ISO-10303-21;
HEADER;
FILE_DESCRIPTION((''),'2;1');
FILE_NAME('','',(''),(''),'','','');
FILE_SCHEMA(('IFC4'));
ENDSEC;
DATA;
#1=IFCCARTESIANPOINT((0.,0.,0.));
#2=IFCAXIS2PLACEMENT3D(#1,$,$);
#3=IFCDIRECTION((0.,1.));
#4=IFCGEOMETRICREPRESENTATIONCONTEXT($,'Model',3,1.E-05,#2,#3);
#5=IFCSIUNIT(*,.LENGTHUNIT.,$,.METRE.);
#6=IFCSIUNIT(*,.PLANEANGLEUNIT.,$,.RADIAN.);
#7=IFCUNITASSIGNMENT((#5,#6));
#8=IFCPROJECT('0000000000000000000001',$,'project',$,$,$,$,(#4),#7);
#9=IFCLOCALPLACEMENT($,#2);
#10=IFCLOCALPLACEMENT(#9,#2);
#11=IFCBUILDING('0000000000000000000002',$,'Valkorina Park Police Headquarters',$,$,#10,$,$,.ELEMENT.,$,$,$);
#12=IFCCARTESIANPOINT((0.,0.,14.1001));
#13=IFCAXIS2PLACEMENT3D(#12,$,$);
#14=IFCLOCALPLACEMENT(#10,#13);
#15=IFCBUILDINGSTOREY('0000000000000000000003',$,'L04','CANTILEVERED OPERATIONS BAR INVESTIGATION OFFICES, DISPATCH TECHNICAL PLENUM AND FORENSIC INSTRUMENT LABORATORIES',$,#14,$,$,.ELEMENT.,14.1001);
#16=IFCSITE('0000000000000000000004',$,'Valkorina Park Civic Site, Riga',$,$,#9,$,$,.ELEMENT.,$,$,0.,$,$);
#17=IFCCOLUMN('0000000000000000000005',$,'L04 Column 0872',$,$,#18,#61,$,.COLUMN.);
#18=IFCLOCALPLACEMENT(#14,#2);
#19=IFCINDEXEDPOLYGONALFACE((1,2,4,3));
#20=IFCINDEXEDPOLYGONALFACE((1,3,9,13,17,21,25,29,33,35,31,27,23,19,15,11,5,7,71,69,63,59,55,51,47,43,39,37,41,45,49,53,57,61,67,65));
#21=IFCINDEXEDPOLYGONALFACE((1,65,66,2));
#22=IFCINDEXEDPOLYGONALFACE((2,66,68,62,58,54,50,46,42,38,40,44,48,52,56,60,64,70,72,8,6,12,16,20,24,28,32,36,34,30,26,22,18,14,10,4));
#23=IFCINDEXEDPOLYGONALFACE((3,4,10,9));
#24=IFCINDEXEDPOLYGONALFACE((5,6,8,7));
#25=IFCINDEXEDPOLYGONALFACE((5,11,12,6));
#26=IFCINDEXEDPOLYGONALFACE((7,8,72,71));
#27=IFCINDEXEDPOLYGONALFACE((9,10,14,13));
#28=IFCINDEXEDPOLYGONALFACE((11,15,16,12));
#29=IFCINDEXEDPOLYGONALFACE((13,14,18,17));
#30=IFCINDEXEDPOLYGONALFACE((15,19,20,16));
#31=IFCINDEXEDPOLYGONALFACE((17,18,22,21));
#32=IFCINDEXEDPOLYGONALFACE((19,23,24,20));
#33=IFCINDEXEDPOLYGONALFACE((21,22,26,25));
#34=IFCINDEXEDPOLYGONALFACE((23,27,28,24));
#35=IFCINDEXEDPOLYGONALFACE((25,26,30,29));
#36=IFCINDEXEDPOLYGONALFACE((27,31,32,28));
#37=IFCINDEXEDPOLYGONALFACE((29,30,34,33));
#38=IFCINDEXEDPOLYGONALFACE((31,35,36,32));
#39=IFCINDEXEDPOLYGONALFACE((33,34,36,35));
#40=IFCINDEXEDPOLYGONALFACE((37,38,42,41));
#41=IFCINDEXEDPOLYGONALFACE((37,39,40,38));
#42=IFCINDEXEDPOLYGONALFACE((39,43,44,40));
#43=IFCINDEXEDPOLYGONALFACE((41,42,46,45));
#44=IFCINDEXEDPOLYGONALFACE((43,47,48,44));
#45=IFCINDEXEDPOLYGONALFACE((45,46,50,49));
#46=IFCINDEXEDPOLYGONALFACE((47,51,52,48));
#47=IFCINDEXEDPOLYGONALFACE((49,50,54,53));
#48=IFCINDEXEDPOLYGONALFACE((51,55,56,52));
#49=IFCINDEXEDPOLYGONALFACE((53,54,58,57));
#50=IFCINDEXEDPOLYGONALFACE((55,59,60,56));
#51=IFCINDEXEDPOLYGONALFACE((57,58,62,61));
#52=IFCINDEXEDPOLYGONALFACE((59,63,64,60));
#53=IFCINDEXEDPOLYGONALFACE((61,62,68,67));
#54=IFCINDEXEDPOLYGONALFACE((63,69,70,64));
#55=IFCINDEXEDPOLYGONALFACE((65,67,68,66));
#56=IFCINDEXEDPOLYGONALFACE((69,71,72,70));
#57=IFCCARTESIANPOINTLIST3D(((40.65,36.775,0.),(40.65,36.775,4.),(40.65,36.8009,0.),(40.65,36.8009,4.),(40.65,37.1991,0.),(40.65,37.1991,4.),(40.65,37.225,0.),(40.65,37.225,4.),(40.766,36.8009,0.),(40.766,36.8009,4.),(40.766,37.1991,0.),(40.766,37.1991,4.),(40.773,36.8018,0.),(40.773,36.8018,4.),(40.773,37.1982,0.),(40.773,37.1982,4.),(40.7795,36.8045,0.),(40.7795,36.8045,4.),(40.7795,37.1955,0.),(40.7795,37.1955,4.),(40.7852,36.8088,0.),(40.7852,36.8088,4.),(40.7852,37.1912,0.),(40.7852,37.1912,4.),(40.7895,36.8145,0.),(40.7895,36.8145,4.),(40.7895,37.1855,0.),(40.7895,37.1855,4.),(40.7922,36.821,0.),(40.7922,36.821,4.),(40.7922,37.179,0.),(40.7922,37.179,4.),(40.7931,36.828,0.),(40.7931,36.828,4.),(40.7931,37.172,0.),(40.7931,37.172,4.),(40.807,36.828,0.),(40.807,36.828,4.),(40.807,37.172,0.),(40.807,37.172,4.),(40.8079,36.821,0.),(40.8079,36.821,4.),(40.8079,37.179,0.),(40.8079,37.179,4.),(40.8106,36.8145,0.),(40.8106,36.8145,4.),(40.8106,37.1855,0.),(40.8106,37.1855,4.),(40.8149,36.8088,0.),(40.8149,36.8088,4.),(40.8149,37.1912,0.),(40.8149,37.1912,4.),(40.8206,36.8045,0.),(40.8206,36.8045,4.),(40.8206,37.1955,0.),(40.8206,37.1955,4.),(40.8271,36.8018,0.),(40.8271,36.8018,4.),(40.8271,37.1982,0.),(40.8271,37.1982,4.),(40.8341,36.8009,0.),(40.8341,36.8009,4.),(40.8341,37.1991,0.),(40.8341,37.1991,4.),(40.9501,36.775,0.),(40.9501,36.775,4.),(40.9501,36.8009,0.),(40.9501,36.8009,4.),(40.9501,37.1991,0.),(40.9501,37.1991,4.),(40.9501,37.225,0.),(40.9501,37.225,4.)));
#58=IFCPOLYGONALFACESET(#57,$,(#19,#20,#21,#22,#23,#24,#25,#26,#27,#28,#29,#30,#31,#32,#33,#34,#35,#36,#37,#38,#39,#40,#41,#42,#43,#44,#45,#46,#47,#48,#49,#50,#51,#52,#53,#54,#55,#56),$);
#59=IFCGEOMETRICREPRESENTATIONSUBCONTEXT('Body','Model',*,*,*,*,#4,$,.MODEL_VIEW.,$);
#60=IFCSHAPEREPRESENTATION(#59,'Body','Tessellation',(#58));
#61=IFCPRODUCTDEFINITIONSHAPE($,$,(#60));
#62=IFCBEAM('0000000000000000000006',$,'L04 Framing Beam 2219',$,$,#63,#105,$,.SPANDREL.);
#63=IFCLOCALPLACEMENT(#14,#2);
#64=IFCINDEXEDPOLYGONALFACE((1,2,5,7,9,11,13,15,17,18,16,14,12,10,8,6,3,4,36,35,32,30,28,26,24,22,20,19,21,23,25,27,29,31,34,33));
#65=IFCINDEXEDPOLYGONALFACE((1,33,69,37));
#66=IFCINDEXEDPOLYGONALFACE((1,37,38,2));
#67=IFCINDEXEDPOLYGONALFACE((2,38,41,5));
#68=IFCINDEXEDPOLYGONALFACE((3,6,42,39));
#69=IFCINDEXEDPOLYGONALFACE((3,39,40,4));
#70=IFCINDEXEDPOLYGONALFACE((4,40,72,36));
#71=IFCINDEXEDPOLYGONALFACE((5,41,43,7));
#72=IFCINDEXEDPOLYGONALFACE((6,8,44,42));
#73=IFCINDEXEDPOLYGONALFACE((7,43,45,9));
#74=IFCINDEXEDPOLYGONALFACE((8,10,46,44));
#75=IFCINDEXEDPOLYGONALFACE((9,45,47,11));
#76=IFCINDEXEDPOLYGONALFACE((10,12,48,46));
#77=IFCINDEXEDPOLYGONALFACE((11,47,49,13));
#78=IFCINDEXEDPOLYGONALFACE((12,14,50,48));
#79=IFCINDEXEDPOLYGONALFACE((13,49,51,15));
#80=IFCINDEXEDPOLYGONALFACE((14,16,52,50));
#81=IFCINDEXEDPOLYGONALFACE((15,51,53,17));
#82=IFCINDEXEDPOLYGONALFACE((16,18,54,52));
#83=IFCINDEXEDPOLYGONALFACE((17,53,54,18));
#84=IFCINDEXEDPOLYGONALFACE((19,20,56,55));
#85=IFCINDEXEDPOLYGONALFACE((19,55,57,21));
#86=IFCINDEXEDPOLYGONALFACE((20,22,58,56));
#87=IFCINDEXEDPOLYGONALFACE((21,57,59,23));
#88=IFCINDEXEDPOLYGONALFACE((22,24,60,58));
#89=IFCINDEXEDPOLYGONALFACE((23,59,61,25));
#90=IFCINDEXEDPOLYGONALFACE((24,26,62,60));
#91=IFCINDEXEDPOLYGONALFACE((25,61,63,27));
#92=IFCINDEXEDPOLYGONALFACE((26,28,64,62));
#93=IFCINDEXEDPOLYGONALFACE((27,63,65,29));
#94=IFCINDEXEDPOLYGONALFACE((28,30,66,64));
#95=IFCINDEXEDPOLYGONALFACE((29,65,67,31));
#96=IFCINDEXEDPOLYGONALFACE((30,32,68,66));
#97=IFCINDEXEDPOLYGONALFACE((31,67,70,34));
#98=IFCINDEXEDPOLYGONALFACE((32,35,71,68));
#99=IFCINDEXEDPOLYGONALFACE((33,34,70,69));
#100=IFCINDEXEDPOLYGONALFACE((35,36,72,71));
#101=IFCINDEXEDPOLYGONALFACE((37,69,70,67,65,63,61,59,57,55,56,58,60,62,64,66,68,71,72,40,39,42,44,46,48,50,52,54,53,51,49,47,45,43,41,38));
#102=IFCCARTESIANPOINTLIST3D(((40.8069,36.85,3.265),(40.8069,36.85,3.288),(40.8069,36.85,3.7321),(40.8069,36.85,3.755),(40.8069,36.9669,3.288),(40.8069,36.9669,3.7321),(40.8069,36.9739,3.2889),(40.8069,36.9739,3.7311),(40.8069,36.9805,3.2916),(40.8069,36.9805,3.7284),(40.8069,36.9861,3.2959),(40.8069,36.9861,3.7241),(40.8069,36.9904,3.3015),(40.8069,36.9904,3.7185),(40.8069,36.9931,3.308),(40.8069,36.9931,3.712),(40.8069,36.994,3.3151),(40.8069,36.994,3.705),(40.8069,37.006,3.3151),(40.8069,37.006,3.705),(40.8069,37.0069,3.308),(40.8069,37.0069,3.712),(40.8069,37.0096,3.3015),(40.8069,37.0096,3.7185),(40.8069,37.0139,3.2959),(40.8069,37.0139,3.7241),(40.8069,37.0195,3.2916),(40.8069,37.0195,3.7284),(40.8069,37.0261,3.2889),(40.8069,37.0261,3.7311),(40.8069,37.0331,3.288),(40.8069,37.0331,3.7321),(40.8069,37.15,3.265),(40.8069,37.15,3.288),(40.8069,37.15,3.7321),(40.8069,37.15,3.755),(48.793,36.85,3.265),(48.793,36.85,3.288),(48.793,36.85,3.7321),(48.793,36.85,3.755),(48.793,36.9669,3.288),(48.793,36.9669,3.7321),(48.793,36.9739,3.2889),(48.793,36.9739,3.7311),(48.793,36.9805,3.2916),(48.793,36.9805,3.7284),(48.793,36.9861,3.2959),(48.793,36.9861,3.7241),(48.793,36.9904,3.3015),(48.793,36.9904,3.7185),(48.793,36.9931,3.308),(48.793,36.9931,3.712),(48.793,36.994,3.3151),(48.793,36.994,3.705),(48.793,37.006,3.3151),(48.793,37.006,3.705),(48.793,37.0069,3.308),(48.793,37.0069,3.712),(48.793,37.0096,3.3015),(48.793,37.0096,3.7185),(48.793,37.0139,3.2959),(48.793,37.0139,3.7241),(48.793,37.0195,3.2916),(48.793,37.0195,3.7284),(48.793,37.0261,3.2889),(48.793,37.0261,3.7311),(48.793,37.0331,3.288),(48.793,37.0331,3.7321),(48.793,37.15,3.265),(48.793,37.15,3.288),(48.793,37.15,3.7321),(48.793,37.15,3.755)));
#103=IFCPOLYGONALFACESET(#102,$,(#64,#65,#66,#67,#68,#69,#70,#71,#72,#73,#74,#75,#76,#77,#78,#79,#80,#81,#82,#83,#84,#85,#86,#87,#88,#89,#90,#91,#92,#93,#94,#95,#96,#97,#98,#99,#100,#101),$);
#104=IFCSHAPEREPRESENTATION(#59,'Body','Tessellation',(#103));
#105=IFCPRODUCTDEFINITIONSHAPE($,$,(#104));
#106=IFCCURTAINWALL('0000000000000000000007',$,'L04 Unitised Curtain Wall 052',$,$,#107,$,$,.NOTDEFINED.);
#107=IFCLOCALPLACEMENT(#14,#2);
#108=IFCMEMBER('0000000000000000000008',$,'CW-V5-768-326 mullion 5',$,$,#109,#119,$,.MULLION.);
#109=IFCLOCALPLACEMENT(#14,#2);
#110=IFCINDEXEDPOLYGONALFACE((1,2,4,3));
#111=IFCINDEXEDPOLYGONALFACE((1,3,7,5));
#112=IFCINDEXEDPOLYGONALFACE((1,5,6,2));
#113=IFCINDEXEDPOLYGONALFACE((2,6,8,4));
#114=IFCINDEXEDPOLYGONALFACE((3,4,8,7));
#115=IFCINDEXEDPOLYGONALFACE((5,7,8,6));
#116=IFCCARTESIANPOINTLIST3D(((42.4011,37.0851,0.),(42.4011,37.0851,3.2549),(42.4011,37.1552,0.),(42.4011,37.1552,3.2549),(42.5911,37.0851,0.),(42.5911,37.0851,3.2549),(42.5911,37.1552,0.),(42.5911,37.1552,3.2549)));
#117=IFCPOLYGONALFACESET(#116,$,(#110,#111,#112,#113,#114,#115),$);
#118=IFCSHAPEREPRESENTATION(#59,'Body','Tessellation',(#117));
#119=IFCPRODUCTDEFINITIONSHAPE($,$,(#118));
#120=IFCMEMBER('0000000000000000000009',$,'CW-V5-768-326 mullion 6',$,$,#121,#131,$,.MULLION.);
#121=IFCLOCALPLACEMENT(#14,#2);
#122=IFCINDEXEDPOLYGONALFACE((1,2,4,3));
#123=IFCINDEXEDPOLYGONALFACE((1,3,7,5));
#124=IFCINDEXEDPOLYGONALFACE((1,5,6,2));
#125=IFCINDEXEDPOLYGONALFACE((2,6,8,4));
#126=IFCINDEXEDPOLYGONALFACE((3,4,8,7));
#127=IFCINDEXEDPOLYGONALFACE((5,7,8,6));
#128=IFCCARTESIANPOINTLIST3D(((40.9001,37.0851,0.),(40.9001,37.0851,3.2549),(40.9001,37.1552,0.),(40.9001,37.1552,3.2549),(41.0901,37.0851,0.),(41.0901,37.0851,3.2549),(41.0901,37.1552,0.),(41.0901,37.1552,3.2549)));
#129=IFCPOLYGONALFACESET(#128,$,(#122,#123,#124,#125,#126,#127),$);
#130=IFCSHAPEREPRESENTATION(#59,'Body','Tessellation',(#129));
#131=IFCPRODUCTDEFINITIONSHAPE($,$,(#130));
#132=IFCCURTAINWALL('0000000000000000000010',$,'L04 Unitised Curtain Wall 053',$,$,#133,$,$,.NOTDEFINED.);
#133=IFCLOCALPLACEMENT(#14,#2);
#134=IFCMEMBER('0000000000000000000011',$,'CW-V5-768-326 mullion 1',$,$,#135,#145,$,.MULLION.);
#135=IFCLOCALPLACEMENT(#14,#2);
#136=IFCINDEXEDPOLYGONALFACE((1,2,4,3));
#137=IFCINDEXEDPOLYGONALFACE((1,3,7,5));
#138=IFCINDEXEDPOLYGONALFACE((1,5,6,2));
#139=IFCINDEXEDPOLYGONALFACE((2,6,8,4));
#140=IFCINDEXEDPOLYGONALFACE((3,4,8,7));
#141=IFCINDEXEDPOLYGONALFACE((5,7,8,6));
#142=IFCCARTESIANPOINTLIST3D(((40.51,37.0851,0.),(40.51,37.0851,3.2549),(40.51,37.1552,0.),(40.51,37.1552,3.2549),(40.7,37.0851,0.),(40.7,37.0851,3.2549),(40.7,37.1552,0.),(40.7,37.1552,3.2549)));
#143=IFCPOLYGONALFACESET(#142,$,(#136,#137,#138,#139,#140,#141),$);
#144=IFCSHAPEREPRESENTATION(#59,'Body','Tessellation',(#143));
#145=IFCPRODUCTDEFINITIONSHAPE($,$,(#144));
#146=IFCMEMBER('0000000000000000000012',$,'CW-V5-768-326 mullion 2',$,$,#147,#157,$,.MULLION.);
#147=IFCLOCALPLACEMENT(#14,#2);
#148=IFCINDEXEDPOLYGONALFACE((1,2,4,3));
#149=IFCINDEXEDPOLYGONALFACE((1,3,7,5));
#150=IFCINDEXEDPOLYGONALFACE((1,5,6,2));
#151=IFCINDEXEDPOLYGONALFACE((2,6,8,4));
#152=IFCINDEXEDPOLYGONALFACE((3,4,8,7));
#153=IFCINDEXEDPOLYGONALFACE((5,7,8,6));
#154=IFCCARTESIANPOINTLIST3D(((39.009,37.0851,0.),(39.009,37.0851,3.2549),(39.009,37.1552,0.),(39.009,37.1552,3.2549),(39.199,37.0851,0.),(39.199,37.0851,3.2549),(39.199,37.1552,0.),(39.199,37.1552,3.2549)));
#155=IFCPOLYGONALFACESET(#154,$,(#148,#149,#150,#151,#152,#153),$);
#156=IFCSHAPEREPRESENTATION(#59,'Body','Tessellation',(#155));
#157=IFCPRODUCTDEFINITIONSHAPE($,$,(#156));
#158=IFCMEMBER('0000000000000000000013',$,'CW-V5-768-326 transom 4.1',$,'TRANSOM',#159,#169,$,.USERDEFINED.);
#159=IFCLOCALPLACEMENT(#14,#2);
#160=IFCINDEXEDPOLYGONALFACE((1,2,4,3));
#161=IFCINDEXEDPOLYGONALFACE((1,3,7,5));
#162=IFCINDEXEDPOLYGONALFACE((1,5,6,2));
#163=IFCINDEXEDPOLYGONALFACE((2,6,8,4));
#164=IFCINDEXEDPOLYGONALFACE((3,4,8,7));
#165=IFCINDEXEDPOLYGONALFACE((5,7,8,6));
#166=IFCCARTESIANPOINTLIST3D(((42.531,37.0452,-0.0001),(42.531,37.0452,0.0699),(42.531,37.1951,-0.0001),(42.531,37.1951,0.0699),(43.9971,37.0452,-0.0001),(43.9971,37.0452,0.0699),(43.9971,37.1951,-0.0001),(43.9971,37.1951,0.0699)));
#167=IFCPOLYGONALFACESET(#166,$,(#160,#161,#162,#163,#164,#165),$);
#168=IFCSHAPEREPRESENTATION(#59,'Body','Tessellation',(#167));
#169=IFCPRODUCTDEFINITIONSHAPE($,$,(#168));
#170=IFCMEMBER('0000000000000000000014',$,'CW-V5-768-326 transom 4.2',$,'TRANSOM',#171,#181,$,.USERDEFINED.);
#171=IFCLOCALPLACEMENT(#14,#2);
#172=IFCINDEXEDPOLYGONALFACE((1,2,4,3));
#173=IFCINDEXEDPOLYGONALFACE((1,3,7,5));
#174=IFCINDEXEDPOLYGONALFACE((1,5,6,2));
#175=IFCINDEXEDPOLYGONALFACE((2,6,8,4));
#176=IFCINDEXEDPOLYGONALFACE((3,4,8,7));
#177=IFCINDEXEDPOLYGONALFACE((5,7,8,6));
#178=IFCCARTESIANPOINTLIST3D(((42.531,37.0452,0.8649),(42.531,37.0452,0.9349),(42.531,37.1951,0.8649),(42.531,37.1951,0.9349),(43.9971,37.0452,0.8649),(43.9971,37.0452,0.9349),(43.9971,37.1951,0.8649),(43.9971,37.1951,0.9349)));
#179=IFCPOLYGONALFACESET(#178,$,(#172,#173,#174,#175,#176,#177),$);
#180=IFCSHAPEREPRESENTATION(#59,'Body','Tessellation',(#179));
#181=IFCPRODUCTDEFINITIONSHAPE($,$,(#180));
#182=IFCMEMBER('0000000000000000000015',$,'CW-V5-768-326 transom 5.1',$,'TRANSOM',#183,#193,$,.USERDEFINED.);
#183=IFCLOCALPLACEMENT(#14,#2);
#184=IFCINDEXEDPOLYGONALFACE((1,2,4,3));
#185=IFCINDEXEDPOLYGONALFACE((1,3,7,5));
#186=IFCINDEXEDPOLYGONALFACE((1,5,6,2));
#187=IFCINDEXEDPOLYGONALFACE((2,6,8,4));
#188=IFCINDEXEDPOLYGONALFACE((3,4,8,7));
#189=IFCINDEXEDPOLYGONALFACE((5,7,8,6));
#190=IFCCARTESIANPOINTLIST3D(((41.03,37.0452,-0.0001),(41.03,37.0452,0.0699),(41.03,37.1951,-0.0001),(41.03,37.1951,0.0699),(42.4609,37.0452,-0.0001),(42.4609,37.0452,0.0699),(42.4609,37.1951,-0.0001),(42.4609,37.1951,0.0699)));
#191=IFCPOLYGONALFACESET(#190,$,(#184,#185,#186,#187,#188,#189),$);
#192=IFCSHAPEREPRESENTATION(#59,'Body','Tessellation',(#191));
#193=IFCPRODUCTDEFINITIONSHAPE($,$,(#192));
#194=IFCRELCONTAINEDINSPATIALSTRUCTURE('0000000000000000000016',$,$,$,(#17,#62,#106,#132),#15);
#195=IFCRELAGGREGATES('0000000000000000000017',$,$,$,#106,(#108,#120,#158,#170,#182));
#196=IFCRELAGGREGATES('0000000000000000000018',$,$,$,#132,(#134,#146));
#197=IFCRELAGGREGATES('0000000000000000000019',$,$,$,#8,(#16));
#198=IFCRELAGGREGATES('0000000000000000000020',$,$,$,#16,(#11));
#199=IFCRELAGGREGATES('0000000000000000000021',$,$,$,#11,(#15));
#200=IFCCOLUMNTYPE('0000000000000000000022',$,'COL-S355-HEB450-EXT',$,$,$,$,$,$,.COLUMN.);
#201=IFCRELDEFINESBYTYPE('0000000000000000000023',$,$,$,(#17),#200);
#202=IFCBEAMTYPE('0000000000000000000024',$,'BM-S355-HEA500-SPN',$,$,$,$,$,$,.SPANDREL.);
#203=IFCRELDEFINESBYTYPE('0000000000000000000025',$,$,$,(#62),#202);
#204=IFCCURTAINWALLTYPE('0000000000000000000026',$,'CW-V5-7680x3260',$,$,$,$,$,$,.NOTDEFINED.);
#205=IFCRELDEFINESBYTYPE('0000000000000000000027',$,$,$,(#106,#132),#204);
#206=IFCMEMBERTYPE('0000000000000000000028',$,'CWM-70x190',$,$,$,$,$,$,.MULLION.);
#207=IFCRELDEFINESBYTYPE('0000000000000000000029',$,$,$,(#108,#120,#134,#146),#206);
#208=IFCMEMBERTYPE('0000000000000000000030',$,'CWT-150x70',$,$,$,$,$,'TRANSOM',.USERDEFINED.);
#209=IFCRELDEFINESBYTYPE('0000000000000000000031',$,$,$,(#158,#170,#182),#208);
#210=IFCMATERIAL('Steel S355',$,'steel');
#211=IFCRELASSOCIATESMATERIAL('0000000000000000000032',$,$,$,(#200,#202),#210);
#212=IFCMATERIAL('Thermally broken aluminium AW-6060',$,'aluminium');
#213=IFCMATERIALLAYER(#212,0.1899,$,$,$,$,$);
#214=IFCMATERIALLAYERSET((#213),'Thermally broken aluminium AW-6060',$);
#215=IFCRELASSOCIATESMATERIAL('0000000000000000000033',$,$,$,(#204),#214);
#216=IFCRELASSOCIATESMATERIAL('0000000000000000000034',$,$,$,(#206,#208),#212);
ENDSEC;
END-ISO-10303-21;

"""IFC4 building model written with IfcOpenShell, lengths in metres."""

from ifc_helpers import new_model, si_unit, direction, frame, origin, origin_2d, place, context, subcontext, project, spatial, rectangle, i_section, extrude, material, layer, layer_set, material_profile, profile_set, type_object, element, aggregate, save


model = new_model("IFC4")

# Units and contexts
model_context = context("Model", 3, precision=1e-05, world=origin(), true_north=direction((0.0, 1.0)))
body_context = subcontext(model_context, "Body", "Model", "MODEL_VIEW")
ifc_project = project(units=[si_unit("LENGTHUNIT", "METRE"), si_unit("PLANEANGLEUNIT", "RADIAN")], contexts=[model_context])

# Site, building, storey
site_placement = place(None, origin())
site = spatial("IfcSite", under=ifc_project, at=site_placement, Name="Valkorina Park Civic Site, Riga", CompositionType="ELEMENT", RefElevation=0.0)
building_placement = place(site_placement, origin())
building = spatial("IfcBuilding", under=site, at=building_placement, Name="Valkorina Park Police Headquarters", CompositionType="ELEMENT")
storey_placement = place(building_placement, frame((0.0, 0.0, 14.1001)))
storey = spatial("IfcBuildingStorey", under=building, at=storey_placement, Name="L04", Description="CANTILEVERED OPERATIONS BAR INVESTIGATION OFFICES, DISPATCH TECHNICAL PLENUM AND FORENSIC INSTRUMENT LABORATORIES", CompositionType="ELEMENT", Elevation=14.1001)

# Column
ifc_material_1 = material(Name="Steel S355", Category="steel")
ifc_material_profile_1 = material_profile(ifc_material_1, i_section(OverallWidth=0.3, OverallDepth=0.45, WebThickness=0.0139, FlangeThickness=0.0259, FilletRadius=0.0271, at=origin_2d()), Name="HEB 450")
ifc_profile_set_1 = profile_set([ifc_material_profile_1], Name="Steel S355")
column_type = type_object("IfcColumnType", Name="COL-S355-HEB450-EXT", PredefinedType="COLUMN", material=ifc_profile_set_1)
column_placement = place(storey_placement, frame((40.8, 37.0, 0.0), z_axis=(0.0, 0.0, 1.0), x_axis=(1.0, 0.0, 0.0)))
element("IfcColumn", 1, at=column_placement, inside=storey, type_object=column_type, Name="L04 Column 0872", PredefinedType="COLUMN", context=body_context, shape_type="SweptSolid", body=[
    extrude(i_section(OverallWidth=0.3, OverallDepth=0.45, WebThickness=0.0139, FlangeThickness=0.0259, FilletRadius=0.0271, at=origin_2d()), origin(), (0.0, 0.0, 1.0), 4.0),
])

# Beam
ifc_material_profile_2 = material_profile(ifc_material_1, i_section(OverallWidth=0.3, OverallDepth=0.49, WebThickness=0.012, FlangeThickness=0.0229, FilletRadius=0.0271, at=origin_2d()), Name="HEA 500")
ifc_profile_set_2 = profile_set([ifc_material_profile_2], Name="Steel S355")
beam_type = type_object("IfcBeamType", Name="BM-S355-HEA500-SPN", PredefinedType="SPANDREL", material=ifc_profile_set_2)
beam_placement = place(storey_placement, frame((40.8069, 37.0, 3.51), z_axis=(1.0, 0.0, 0.0), x_axis=(0.0, 1.0, 0.0)))
element("IfcBeam", 2, at=beam_placement, inside=storey, type_object=beam_type, Name="L04 Framing Beam 2219", PredefinedType="SPANDREL", context=body_context, shape_type="SweptSolid", body=[
    extrude(i_section(OverallWidth=0.3, OverallDepth=0.49, WebThickness=0.012, FlangeThickness=0.0229, FilletRadius=0.0271, at=origin_2d()), origin(), (0.0, 0.0, 1.0), 7.9861),
])

# Curtain walls, members
ifc_material_2 = material(Name="Thermally broken aluminium AW-6060", Category="aluminium")
ifc_layer_1 = layer(ifc_material_2, 0.1899)
ifc_layer_set_1 = layer_set([ifc_layer_1], Name="Thermally broken aluminium AW-6060")
curtain_wall_type = type_object("IfcCurtainWallType", Name="CW-V5-7680x3260", PredefinedType="NOTDEFINED", material=ifc_layer_set_1)
curtain_wall_1_placement = place(storey_placement, origin())
curtain_wall_1 = element("IfcCurtainWall", 3, at=curtain_wall_1_placement, inside=storey, type_object=curtain_wall_type, Name="L04 Unitised Curtain Wall 052", PredefinedType="NOTDEFINED")
ifc_material_profile_3 = material_profile(ifc_material_2, rectangle(XDim=0.0701, YDim=0.1899, at=origin_2d()), Name="CWM-02 70x190")
ifc_profile_set_3 = profile_set([ifc_material_profile_3], Name="Thermally broken aluminium AW-6060")
member_type_1 = type_object("IfcMemberType", Name="CWM-70x190", PredefinedType="MULLION", material=ifc_profile_set_3)
member_1_placement = place(storey_placement, frame((42.4961, 37.1201, 0.0), z_axis=(0.0, 0.0, 1.0), x_axis=(0.0, -1.0, 0.0)))
member_1 = element("IfcMember", 4, at=member_1_placement, type_object=member_type_1, Name="CW-V5-768-326 mullion 5", PredefinedType="MULLION", context=body_context, shape_type="SweptSolid", body=[
    extrude(rectangle(XDim=0.0701, YDim=0.1899, at=origin_2d()), origin(), (0.0, 0.0, 1.0), 3.2549),
])
member_2_placement = place(storey_placement, frame((40.9951, 37.1201, 0.0), z_axis=(0.0, 0.0, 1.0), x_axis=(0.0, -1.0, 0.0)))
member_2 = element("IfcMember", 5, at=member_2_placement, type_object=member_type_1, Name="CW-V5-768-326 mullion 6", PredefinedType="MULLION", context=body_context, shape_type="SweptSolid", body=[
    extrude(rectangle(XDim=0.0701, YDim=0.1899, at=origin_2d()), origin(), (0.0, 0.0, 1.0), 3.2549),
])
curtain_wall_2_placement = place(storey_placement, origin())
curtain_wall_2 = element("IfcCurtainWall", 6, at=curtain_wall_2_placement, inside=storey, type_object=curtain_wall_type, Name="L04 Unitised Curtain Wall 053", PredefinedType="NOTDEFINED")
member_3_placement = place(storey_placement, frame((40.605, 37.1201, 0.0), z_axis=(0.0, 0.0, 1.0), x_axis=(0.0, -1.0, 0.0)))
member_3 = element("IfcMember", 7, at=member_3_placement, type_object=member_type_1, Name="CW-V5-768-326 mullion 1", PredefinedType="MULLION", context=body_context, shape_type="SweptSolid", body=[
    extrude(rectangle(XDim=0.0701, YDim=0.1899, at=origin_2d()), origin(), (0.0, 0.0, 1.0), 3.2549),
])
member_4_placement = place(storey_placement, frame((39.104, 37.1201, 0.0), z_axis=(0.0, 0.0, 1.0), x_axis=(0.0, -1.0, 0.0)))
member_4 = element("IfcMember", 8, at=member_4_placement, type_object=member_type_1, Name="CW-V5-768-326 mullion 2", PredefinedType="MULLION", context=body_context, shape_type="SweptSolid", body=[
    extrude(rectangle(XDim=0.0701, YDim=0.1899, at=origin_2d()), origin(), (0.0, 0.0, 1.0), 3.2549),
])

# Members
ifc_material_profile_4 = material_profile(ifc_material_2, rectangle(XDim=0.1499, YDim=0.0701, at=origin_2d()), Name="CWT-02 150x70")
ifc_profile_set_4 = profile_set([ifc_material_profile_4], Name="Thermally broken aluminium AW-6060")
member_type_2 = type_object("IfcMemberType", Name="CWT-150x70", ElementType="TRANSOM", PredefinedType="USERDEFINED", material=ifc_profile_set_4)
member_5_placement = place(storey_placement, frame((43.9971, 37.1201, 0.0349), z_axis=(-1.0, 0.0, 0.0), x_axis=(0.0, -1.0, 0.0)))
member_5 = element("IfcMember", 9, at=member_5_placement, type_object=member_type_2, Name="CW-V5-768-326 transom 4.1", ObjectType="TRANSOM", PredefinedType="USERDEFINED", context=body_context, shape_type="SweptSolid", body=[
    extrude(rectangle(XDim=0.1499, YDim=0.0701, at=origin_2d()), origin(), (0.0, 0.0, 1.0), 1.4661),
])
member_6_placement = place(storey_placement, frame((43.9971, 37.1201, 0.8999), z_axis=(-1.0, 0.0, 0.0), x_axis=(0.0, -1.0, 0.0)))
member_6 = element("IfcMember", 10, at=member_6_placement, type_object=member_type_2, Name="CW-V5-768-326 transom 4.2", ObjectType="TRANSOM", PredefinedType="USERDEFINED", context=body_context, shape_type="SweptSolid", body=[
    extrude(rectangle(XDim=0.1499, YDim=0.0701, at=origin_2d()), origin(), (0.0, 0.0, 1.0), 1.4661),
])
member_7_placement = place(storey_placement, frame((42.4609, 37.1201, 0.0349), z_axis=(-1.0, 0.0, 0.0), x_axis=(0.0, -1.0, 0.0)))
member_7 = element("IfcMember", 11, at=member_7_placement, type_object=member_type_2, Name="CW-V5-768-326 transom 5.1", ObjectType="TRANSOM", PredefinedType="USERDEFINED", context=body_context, shape_type="SweptSolid", body=[
    extrude(rectangle(XDim=0.1499, YDim=0.0701, at=origin_2d()), origin(), (0.0, 0.0, 1.0), 1.4309),
])

aggregate(curtain_wall_1, [member_1, member_2, member_5, member_6, member_7])
aggregate(curtain_wall_2, [member_3, member_4])

save(model, "model.ifc")
